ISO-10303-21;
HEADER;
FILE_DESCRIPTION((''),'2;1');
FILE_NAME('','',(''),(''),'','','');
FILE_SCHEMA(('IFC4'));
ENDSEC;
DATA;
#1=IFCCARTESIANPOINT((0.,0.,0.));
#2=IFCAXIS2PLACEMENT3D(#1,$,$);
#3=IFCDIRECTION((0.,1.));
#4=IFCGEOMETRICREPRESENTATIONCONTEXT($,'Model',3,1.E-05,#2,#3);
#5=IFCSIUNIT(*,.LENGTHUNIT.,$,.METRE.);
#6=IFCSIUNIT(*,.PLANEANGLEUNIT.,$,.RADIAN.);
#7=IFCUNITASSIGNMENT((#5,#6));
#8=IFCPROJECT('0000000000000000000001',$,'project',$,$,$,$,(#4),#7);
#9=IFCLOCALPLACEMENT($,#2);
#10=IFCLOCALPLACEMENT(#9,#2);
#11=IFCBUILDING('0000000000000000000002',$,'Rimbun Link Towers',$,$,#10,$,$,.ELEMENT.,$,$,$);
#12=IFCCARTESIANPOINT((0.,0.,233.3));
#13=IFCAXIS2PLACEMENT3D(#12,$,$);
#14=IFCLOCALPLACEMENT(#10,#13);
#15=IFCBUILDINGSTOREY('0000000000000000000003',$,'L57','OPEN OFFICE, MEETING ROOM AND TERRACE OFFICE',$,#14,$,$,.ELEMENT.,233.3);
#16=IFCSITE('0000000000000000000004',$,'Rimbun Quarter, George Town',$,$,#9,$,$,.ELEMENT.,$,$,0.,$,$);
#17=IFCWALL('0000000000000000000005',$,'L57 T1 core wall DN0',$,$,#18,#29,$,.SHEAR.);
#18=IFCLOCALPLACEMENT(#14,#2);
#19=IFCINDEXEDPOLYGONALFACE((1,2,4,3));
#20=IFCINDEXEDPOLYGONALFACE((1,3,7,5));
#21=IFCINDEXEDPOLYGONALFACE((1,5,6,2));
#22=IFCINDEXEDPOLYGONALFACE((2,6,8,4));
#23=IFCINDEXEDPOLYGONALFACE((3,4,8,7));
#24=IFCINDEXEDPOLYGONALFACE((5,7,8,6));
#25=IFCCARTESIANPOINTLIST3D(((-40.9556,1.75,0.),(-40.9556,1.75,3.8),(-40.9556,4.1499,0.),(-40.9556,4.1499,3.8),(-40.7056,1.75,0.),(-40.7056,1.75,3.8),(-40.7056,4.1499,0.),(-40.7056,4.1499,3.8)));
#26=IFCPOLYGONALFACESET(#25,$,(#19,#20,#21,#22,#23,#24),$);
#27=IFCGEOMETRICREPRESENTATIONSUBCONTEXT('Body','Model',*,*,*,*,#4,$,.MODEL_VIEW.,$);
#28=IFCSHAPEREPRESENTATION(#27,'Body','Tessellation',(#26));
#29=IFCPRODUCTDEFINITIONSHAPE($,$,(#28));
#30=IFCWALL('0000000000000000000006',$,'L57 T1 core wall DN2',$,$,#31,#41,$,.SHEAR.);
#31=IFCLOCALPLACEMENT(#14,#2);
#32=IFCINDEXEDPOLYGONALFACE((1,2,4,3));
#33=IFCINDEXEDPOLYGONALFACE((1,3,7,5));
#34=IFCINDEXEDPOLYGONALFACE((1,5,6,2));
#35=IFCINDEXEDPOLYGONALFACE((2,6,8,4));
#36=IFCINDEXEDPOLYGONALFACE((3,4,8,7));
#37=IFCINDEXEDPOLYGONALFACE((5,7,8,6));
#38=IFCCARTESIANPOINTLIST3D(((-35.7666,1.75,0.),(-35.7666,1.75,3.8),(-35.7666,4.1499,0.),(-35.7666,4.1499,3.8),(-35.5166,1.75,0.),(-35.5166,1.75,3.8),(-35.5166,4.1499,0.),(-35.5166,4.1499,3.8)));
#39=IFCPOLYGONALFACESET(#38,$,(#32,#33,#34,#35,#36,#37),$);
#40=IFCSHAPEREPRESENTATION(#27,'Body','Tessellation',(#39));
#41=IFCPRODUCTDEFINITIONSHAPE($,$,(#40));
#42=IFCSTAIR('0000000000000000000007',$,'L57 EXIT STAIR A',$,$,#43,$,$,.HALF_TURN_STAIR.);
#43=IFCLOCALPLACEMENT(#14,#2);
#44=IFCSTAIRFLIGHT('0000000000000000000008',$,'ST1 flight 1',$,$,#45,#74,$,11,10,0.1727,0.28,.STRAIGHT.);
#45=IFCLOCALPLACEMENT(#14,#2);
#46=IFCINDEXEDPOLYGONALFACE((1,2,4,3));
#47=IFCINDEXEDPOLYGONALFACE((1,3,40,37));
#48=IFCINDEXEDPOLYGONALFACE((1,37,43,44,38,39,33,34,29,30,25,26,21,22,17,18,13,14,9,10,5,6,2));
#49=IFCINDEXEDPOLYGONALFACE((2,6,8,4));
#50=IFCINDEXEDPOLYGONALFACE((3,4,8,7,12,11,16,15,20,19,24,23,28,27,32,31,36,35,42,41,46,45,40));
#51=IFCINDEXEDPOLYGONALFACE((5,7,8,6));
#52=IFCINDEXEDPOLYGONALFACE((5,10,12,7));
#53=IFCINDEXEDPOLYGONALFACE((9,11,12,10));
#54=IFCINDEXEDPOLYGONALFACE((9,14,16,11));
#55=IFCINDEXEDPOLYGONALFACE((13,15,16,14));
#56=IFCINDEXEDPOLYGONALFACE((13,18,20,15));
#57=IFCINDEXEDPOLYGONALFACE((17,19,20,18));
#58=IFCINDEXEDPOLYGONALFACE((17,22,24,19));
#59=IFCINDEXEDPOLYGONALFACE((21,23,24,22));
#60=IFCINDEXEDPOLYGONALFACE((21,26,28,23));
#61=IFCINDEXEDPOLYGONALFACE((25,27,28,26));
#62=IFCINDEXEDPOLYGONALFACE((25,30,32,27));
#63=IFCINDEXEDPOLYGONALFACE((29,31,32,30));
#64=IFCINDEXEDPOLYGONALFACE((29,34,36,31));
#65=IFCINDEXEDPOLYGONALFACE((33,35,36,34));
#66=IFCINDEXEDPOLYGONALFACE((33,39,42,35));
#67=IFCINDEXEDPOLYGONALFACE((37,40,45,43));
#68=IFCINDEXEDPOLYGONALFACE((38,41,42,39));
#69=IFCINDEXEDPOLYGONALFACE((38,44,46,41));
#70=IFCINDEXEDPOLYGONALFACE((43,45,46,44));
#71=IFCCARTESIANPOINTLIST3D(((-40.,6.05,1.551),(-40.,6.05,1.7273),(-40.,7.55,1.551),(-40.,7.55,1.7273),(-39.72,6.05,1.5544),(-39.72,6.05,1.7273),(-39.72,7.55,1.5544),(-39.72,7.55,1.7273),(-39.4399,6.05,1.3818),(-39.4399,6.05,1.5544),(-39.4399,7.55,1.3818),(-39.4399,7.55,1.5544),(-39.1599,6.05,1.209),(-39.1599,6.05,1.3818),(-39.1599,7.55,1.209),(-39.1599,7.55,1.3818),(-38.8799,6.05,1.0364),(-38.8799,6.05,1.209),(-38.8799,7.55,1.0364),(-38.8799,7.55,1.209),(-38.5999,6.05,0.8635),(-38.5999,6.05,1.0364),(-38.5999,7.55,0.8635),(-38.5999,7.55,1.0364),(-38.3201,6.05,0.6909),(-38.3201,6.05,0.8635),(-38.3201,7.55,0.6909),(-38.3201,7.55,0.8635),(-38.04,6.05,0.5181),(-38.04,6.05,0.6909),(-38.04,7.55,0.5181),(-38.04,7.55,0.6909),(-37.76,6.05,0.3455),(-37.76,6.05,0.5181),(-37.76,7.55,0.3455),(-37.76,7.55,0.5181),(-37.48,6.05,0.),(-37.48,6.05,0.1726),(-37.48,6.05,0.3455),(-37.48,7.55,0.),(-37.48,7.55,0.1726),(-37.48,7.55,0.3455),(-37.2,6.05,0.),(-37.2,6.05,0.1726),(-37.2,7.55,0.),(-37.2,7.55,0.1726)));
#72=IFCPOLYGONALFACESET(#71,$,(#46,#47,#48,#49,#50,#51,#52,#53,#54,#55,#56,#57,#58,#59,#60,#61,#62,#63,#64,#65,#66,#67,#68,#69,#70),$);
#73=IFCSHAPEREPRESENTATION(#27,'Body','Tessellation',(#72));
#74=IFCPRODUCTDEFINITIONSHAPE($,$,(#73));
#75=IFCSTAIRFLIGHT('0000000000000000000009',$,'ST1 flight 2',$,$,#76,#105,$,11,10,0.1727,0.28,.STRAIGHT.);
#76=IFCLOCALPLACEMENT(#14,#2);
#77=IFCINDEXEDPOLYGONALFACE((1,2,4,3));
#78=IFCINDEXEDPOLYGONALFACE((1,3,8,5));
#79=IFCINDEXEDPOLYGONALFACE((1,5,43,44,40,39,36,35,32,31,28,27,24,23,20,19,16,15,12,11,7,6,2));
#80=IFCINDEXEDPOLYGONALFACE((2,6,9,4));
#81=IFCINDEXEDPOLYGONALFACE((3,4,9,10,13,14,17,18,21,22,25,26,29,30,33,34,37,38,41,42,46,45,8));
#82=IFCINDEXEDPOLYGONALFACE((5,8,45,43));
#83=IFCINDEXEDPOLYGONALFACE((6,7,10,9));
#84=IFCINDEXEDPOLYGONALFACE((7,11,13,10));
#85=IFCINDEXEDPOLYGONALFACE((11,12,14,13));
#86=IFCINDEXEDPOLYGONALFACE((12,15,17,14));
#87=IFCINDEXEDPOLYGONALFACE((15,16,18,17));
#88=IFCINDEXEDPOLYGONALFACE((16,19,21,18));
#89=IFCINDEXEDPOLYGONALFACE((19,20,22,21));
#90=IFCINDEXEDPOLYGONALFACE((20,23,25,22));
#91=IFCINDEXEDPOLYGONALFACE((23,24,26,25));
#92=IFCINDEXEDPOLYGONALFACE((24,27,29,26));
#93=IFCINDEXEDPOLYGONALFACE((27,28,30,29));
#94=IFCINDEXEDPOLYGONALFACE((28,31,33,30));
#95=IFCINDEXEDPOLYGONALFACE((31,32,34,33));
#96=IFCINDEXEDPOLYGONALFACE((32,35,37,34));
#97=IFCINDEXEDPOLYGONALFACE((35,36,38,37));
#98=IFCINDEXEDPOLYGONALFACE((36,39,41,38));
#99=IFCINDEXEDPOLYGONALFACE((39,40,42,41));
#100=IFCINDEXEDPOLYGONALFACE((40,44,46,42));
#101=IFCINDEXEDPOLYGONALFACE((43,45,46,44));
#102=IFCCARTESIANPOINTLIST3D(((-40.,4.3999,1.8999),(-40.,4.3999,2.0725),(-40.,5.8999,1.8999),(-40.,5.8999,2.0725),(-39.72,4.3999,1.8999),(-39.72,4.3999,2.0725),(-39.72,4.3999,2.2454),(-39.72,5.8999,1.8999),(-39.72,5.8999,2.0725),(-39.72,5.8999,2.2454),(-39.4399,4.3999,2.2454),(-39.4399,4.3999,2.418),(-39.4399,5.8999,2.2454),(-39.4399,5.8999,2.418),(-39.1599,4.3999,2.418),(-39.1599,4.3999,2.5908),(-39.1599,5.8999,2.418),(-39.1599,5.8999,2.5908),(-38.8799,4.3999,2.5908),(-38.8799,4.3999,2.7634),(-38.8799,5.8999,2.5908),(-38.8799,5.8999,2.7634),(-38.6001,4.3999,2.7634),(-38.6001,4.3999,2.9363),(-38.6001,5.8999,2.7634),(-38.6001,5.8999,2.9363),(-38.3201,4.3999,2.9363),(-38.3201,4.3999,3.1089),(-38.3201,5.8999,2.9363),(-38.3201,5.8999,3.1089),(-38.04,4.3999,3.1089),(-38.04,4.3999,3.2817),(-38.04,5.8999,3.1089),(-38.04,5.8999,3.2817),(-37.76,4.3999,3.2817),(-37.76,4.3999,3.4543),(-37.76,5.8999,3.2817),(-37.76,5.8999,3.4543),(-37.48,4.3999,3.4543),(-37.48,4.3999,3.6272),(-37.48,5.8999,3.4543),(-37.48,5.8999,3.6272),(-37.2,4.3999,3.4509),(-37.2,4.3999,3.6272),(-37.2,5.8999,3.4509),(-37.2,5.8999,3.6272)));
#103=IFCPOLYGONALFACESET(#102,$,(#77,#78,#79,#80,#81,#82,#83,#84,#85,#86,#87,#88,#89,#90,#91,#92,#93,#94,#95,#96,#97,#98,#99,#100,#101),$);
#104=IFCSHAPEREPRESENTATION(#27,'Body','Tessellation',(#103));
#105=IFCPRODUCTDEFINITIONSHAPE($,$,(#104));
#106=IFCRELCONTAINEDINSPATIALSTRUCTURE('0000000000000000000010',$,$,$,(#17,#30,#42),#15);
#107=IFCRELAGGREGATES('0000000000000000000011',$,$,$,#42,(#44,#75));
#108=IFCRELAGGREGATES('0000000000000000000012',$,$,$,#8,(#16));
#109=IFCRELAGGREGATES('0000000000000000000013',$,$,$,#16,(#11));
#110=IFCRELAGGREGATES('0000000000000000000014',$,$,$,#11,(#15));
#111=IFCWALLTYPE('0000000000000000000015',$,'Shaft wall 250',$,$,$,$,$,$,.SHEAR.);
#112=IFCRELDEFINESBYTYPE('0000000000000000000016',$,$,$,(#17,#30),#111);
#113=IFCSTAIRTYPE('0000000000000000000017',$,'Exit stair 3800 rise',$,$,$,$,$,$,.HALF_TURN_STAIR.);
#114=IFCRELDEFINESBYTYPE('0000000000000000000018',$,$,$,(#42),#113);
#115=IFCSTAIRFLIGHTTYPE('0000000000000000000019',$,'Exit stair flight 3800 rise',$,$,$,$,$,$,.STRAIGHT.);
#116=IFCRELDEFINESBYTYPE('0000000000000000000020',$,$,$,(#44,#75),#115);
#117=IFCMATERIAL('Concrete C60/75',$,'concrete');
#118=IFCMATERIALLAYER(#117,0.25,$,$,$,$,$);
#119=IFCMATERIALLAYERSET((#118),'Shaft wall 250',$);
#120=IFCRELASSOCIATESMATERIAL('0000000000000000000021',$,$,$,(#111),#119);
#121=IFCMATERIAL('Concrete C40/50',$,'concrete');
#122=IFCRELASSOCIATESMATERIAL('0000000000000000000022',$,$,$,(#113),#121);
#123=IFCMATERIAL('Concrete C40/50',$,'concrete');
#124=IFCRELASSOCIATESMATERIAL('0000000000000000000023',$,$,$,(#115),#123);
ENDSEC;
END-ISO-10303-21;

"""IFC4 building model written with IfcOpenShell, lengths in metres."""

from ifc_helpers import new_model, si_unit, direction, frame, frame_2d, origin, place, context, subcontext, project, spatial, polyline, rectangle, outline, extrude, material, layer, layer_set, type_object, element, aggregate, save


model = new_model("IFC4")

# Units and contexts
model_context = context("Model", 3, precision=1e-05, world=origin(), true_north=direction((0.0, 1.0)))
body_context = subcontext(model_context, "Body", "Model", "MODEL_VIEW")
ifc_project = project(units=[si_unit("LENGTHUNIT", "METRE"), si_unit("PLANEANGLEUNIT", "RADIAN")], contexts=[model_context])

# Site, building, storey
site_placement = place(None, origin())
site = spatial("IfcSite", under=ifc_project, at=site_placement, Name="Rimbun Quarter, George Town", CompositionType="ELEMENT", RefElevation=0.0)
building_placement = place(site_placement, origin())
building = spatial("IfcBuilding", under=site, at=building_placement, Name="Rimbun Link Towers", CompositionType="ELEMENT")
storey_placement = place(building_placement, frame((0.0, 0.0, 233.3)))
storey = spatial("IfcBuildingStorey", under=building, at=storey_placement, Name="L57", Description="OPEN OFFICE, MEETING ROOM AND TERRACE OFFICE", CompositionType="ELEMENT", Elevation=233.3)

# Walls
ifc_material_1 = material(Name="Concrete C60/75", Category="concrete")
ifc_layer_1 = layer(ifc_material_1, 0.25)
ifc_layer_set_1 = layer_set([ifc_layer_1], Name="Shaft wall 250")
wall_type_1 = type_object("IfcWallType", Name="Shaft wall 250", PredefinedType="SHEAR", material=ifc_layer_set_1)
for number, where, z_axis, x_axis, name in (
    (1, (-40.8306, 1.75, 0.0), (0.0, 0.0, 1.0), (0.0, 1.0, 0.0), "L57 T1 core wall DN0"),
    (2, (-35.6416, 1.75, 0.0), (0.0, 0.0, 1.0), (0.0, 1.0, 0.0), "L57 T1 core wall DN2"),
):
    element("IfcWall", number, at=place(storey_placement, frame(where, z_axis=z_axis, x_axis=x_axis)), inside=storey, type_object=wall_type_1, Name=name, PredefinedType="SHEAR", context=body_context, shape_type="SweptSolid", body=[
        extrude(rectangle(XDim=2.3999, YDim=0.25, at=frame_2d((1.2, 0.0))), origin(), (0.0, 0.0, 1.0), 3.8),
    ])

# Stair, stair flights
ifc_material_2 = material(Name="Concrete C40/50", Category="concrete")
stair_type = type_object("IfcStairType", Name="Exit stair 3800 rise", PredefinedType="HALF_TURN_STAIR", material=ifc_material_2)
stair_placement = place(storey_placement, origin())
stair = element("IfcStair", 3, at=stair_placement, inside=storey, type_object=stair_type, Name="L57 EXIT STAIR A", PredefinedType="HALF_TURN_STAIR")
ifc_material_3 = material(Name="Concrete C40/50", Category="concrete")
stair_flight_type = type_object("IfcStairFlightType", Name="Exit stair flight 3800 rise", PredefinedType="STRAIGHT", material=ifc_material_3)
stair_flight_1_placement = place(storey_placement, frame((-37.2, 6.8, 0.0), z_axis=(0.0, 0.0, 1.0), x_axis=(-1.0, 0.0, 0.0)))
stair_flight_1 = element("IfcStairFlight", 4, at=stair_flight_1_placement, type_object=stair_flight_type, Name="ST1 flight 1", NumberOfRisers=11, NumberOfTreads=10, PredefinedType="STRAIGHT", RiserHeight=0.1727, TreadLength=0.28, context=body_context, shape_type="SweptSolid", body=[
    extrude(outline(polyline([(0.0, 0.0), (0.0, 0.1726), (0.28, 0.1726), (0.28, 0.3455), (0.5601, 0.3455), (0.5601, 0.5181), (0.8401, 0.5181), (0.8401, 0.6909), (1.1201, 0.6909), (1.1201, 0.8635), (1.3999, 0.8635), (1.3999, 1.0364), (1.6799, 1.0364), (1.6799, 1.209), (1.96, 1.209), (1.96, 1.3818), (2.24, 1.3818), (2.24, 1.5544), (2.52, 1.5544), (2.52, 1.7273), (2.8, 1.7273), (2.8, 1.8999), (2.8, 1.551), (0.28, 0.0), (0.0, 0.0)])), frame((0.0, 0.75, 0.0), z_axis=(0.0, -1.0, 0.0), x_axis=(1.0, 0.0, 0.0)), (0.0, 0.0, 1.0), 1.5),
])
stair_flight_2_placement = place(storey_placement, frame((-40.0, 5.1499, 1.8999), z_axis=(0.0, 0.0, 1.0), x_axis=(1.0, 0.0, 0.0)))
stair_flight_2 = element("IfcStairFlight", 5, at=stair_flight_2_placement, type_object=stair_flight_type, Name="ST1 flight 2", NumberOfRisers=11, NumberOfTreads=10, PredefinedType="STRAIGHT", RiserHeight=0.1727, TreadLength=0.28, context=body_context, shape_type="SweptSolid", body=[
    extrude(outline(polyline([(0.0, 0.0), (0.0, 0.1726), (0.28, 0.1726), (0.28, 0.3455), (0.5601, 0.3455), (0.5601, 0.5181), (0.8401, 0.5181), (0.8401, 0.6909), (1.1201, 0.6909), (1.1201, 0.8635), (1.3999, 0.8635), (1.3999, 1.0364), (1.6799, 1.0364), (1.6799, 1.209), (1.96, 1.209), (1.96, 1.3818), (2.24, 1.3818), (2.24, 1.5544), (2.52, 1.5544), (2.52, 1.7273), (2.8, 1.7273), (2.8, 1.8999), (2.8, 1.551), (0.28, 0.0), (0.0, 0.0)])), frame((0.0, 0.75, 0.0), z_axis=(0.0, -1.0, 0.0), x_axis=(1.0, 0.0, 0.0)), (0.0, 0.0, 1.0), 1.5),
])
aggregate(stair, [stair_flight_1, stair_flight_2])

save(model, "model.ifc")
